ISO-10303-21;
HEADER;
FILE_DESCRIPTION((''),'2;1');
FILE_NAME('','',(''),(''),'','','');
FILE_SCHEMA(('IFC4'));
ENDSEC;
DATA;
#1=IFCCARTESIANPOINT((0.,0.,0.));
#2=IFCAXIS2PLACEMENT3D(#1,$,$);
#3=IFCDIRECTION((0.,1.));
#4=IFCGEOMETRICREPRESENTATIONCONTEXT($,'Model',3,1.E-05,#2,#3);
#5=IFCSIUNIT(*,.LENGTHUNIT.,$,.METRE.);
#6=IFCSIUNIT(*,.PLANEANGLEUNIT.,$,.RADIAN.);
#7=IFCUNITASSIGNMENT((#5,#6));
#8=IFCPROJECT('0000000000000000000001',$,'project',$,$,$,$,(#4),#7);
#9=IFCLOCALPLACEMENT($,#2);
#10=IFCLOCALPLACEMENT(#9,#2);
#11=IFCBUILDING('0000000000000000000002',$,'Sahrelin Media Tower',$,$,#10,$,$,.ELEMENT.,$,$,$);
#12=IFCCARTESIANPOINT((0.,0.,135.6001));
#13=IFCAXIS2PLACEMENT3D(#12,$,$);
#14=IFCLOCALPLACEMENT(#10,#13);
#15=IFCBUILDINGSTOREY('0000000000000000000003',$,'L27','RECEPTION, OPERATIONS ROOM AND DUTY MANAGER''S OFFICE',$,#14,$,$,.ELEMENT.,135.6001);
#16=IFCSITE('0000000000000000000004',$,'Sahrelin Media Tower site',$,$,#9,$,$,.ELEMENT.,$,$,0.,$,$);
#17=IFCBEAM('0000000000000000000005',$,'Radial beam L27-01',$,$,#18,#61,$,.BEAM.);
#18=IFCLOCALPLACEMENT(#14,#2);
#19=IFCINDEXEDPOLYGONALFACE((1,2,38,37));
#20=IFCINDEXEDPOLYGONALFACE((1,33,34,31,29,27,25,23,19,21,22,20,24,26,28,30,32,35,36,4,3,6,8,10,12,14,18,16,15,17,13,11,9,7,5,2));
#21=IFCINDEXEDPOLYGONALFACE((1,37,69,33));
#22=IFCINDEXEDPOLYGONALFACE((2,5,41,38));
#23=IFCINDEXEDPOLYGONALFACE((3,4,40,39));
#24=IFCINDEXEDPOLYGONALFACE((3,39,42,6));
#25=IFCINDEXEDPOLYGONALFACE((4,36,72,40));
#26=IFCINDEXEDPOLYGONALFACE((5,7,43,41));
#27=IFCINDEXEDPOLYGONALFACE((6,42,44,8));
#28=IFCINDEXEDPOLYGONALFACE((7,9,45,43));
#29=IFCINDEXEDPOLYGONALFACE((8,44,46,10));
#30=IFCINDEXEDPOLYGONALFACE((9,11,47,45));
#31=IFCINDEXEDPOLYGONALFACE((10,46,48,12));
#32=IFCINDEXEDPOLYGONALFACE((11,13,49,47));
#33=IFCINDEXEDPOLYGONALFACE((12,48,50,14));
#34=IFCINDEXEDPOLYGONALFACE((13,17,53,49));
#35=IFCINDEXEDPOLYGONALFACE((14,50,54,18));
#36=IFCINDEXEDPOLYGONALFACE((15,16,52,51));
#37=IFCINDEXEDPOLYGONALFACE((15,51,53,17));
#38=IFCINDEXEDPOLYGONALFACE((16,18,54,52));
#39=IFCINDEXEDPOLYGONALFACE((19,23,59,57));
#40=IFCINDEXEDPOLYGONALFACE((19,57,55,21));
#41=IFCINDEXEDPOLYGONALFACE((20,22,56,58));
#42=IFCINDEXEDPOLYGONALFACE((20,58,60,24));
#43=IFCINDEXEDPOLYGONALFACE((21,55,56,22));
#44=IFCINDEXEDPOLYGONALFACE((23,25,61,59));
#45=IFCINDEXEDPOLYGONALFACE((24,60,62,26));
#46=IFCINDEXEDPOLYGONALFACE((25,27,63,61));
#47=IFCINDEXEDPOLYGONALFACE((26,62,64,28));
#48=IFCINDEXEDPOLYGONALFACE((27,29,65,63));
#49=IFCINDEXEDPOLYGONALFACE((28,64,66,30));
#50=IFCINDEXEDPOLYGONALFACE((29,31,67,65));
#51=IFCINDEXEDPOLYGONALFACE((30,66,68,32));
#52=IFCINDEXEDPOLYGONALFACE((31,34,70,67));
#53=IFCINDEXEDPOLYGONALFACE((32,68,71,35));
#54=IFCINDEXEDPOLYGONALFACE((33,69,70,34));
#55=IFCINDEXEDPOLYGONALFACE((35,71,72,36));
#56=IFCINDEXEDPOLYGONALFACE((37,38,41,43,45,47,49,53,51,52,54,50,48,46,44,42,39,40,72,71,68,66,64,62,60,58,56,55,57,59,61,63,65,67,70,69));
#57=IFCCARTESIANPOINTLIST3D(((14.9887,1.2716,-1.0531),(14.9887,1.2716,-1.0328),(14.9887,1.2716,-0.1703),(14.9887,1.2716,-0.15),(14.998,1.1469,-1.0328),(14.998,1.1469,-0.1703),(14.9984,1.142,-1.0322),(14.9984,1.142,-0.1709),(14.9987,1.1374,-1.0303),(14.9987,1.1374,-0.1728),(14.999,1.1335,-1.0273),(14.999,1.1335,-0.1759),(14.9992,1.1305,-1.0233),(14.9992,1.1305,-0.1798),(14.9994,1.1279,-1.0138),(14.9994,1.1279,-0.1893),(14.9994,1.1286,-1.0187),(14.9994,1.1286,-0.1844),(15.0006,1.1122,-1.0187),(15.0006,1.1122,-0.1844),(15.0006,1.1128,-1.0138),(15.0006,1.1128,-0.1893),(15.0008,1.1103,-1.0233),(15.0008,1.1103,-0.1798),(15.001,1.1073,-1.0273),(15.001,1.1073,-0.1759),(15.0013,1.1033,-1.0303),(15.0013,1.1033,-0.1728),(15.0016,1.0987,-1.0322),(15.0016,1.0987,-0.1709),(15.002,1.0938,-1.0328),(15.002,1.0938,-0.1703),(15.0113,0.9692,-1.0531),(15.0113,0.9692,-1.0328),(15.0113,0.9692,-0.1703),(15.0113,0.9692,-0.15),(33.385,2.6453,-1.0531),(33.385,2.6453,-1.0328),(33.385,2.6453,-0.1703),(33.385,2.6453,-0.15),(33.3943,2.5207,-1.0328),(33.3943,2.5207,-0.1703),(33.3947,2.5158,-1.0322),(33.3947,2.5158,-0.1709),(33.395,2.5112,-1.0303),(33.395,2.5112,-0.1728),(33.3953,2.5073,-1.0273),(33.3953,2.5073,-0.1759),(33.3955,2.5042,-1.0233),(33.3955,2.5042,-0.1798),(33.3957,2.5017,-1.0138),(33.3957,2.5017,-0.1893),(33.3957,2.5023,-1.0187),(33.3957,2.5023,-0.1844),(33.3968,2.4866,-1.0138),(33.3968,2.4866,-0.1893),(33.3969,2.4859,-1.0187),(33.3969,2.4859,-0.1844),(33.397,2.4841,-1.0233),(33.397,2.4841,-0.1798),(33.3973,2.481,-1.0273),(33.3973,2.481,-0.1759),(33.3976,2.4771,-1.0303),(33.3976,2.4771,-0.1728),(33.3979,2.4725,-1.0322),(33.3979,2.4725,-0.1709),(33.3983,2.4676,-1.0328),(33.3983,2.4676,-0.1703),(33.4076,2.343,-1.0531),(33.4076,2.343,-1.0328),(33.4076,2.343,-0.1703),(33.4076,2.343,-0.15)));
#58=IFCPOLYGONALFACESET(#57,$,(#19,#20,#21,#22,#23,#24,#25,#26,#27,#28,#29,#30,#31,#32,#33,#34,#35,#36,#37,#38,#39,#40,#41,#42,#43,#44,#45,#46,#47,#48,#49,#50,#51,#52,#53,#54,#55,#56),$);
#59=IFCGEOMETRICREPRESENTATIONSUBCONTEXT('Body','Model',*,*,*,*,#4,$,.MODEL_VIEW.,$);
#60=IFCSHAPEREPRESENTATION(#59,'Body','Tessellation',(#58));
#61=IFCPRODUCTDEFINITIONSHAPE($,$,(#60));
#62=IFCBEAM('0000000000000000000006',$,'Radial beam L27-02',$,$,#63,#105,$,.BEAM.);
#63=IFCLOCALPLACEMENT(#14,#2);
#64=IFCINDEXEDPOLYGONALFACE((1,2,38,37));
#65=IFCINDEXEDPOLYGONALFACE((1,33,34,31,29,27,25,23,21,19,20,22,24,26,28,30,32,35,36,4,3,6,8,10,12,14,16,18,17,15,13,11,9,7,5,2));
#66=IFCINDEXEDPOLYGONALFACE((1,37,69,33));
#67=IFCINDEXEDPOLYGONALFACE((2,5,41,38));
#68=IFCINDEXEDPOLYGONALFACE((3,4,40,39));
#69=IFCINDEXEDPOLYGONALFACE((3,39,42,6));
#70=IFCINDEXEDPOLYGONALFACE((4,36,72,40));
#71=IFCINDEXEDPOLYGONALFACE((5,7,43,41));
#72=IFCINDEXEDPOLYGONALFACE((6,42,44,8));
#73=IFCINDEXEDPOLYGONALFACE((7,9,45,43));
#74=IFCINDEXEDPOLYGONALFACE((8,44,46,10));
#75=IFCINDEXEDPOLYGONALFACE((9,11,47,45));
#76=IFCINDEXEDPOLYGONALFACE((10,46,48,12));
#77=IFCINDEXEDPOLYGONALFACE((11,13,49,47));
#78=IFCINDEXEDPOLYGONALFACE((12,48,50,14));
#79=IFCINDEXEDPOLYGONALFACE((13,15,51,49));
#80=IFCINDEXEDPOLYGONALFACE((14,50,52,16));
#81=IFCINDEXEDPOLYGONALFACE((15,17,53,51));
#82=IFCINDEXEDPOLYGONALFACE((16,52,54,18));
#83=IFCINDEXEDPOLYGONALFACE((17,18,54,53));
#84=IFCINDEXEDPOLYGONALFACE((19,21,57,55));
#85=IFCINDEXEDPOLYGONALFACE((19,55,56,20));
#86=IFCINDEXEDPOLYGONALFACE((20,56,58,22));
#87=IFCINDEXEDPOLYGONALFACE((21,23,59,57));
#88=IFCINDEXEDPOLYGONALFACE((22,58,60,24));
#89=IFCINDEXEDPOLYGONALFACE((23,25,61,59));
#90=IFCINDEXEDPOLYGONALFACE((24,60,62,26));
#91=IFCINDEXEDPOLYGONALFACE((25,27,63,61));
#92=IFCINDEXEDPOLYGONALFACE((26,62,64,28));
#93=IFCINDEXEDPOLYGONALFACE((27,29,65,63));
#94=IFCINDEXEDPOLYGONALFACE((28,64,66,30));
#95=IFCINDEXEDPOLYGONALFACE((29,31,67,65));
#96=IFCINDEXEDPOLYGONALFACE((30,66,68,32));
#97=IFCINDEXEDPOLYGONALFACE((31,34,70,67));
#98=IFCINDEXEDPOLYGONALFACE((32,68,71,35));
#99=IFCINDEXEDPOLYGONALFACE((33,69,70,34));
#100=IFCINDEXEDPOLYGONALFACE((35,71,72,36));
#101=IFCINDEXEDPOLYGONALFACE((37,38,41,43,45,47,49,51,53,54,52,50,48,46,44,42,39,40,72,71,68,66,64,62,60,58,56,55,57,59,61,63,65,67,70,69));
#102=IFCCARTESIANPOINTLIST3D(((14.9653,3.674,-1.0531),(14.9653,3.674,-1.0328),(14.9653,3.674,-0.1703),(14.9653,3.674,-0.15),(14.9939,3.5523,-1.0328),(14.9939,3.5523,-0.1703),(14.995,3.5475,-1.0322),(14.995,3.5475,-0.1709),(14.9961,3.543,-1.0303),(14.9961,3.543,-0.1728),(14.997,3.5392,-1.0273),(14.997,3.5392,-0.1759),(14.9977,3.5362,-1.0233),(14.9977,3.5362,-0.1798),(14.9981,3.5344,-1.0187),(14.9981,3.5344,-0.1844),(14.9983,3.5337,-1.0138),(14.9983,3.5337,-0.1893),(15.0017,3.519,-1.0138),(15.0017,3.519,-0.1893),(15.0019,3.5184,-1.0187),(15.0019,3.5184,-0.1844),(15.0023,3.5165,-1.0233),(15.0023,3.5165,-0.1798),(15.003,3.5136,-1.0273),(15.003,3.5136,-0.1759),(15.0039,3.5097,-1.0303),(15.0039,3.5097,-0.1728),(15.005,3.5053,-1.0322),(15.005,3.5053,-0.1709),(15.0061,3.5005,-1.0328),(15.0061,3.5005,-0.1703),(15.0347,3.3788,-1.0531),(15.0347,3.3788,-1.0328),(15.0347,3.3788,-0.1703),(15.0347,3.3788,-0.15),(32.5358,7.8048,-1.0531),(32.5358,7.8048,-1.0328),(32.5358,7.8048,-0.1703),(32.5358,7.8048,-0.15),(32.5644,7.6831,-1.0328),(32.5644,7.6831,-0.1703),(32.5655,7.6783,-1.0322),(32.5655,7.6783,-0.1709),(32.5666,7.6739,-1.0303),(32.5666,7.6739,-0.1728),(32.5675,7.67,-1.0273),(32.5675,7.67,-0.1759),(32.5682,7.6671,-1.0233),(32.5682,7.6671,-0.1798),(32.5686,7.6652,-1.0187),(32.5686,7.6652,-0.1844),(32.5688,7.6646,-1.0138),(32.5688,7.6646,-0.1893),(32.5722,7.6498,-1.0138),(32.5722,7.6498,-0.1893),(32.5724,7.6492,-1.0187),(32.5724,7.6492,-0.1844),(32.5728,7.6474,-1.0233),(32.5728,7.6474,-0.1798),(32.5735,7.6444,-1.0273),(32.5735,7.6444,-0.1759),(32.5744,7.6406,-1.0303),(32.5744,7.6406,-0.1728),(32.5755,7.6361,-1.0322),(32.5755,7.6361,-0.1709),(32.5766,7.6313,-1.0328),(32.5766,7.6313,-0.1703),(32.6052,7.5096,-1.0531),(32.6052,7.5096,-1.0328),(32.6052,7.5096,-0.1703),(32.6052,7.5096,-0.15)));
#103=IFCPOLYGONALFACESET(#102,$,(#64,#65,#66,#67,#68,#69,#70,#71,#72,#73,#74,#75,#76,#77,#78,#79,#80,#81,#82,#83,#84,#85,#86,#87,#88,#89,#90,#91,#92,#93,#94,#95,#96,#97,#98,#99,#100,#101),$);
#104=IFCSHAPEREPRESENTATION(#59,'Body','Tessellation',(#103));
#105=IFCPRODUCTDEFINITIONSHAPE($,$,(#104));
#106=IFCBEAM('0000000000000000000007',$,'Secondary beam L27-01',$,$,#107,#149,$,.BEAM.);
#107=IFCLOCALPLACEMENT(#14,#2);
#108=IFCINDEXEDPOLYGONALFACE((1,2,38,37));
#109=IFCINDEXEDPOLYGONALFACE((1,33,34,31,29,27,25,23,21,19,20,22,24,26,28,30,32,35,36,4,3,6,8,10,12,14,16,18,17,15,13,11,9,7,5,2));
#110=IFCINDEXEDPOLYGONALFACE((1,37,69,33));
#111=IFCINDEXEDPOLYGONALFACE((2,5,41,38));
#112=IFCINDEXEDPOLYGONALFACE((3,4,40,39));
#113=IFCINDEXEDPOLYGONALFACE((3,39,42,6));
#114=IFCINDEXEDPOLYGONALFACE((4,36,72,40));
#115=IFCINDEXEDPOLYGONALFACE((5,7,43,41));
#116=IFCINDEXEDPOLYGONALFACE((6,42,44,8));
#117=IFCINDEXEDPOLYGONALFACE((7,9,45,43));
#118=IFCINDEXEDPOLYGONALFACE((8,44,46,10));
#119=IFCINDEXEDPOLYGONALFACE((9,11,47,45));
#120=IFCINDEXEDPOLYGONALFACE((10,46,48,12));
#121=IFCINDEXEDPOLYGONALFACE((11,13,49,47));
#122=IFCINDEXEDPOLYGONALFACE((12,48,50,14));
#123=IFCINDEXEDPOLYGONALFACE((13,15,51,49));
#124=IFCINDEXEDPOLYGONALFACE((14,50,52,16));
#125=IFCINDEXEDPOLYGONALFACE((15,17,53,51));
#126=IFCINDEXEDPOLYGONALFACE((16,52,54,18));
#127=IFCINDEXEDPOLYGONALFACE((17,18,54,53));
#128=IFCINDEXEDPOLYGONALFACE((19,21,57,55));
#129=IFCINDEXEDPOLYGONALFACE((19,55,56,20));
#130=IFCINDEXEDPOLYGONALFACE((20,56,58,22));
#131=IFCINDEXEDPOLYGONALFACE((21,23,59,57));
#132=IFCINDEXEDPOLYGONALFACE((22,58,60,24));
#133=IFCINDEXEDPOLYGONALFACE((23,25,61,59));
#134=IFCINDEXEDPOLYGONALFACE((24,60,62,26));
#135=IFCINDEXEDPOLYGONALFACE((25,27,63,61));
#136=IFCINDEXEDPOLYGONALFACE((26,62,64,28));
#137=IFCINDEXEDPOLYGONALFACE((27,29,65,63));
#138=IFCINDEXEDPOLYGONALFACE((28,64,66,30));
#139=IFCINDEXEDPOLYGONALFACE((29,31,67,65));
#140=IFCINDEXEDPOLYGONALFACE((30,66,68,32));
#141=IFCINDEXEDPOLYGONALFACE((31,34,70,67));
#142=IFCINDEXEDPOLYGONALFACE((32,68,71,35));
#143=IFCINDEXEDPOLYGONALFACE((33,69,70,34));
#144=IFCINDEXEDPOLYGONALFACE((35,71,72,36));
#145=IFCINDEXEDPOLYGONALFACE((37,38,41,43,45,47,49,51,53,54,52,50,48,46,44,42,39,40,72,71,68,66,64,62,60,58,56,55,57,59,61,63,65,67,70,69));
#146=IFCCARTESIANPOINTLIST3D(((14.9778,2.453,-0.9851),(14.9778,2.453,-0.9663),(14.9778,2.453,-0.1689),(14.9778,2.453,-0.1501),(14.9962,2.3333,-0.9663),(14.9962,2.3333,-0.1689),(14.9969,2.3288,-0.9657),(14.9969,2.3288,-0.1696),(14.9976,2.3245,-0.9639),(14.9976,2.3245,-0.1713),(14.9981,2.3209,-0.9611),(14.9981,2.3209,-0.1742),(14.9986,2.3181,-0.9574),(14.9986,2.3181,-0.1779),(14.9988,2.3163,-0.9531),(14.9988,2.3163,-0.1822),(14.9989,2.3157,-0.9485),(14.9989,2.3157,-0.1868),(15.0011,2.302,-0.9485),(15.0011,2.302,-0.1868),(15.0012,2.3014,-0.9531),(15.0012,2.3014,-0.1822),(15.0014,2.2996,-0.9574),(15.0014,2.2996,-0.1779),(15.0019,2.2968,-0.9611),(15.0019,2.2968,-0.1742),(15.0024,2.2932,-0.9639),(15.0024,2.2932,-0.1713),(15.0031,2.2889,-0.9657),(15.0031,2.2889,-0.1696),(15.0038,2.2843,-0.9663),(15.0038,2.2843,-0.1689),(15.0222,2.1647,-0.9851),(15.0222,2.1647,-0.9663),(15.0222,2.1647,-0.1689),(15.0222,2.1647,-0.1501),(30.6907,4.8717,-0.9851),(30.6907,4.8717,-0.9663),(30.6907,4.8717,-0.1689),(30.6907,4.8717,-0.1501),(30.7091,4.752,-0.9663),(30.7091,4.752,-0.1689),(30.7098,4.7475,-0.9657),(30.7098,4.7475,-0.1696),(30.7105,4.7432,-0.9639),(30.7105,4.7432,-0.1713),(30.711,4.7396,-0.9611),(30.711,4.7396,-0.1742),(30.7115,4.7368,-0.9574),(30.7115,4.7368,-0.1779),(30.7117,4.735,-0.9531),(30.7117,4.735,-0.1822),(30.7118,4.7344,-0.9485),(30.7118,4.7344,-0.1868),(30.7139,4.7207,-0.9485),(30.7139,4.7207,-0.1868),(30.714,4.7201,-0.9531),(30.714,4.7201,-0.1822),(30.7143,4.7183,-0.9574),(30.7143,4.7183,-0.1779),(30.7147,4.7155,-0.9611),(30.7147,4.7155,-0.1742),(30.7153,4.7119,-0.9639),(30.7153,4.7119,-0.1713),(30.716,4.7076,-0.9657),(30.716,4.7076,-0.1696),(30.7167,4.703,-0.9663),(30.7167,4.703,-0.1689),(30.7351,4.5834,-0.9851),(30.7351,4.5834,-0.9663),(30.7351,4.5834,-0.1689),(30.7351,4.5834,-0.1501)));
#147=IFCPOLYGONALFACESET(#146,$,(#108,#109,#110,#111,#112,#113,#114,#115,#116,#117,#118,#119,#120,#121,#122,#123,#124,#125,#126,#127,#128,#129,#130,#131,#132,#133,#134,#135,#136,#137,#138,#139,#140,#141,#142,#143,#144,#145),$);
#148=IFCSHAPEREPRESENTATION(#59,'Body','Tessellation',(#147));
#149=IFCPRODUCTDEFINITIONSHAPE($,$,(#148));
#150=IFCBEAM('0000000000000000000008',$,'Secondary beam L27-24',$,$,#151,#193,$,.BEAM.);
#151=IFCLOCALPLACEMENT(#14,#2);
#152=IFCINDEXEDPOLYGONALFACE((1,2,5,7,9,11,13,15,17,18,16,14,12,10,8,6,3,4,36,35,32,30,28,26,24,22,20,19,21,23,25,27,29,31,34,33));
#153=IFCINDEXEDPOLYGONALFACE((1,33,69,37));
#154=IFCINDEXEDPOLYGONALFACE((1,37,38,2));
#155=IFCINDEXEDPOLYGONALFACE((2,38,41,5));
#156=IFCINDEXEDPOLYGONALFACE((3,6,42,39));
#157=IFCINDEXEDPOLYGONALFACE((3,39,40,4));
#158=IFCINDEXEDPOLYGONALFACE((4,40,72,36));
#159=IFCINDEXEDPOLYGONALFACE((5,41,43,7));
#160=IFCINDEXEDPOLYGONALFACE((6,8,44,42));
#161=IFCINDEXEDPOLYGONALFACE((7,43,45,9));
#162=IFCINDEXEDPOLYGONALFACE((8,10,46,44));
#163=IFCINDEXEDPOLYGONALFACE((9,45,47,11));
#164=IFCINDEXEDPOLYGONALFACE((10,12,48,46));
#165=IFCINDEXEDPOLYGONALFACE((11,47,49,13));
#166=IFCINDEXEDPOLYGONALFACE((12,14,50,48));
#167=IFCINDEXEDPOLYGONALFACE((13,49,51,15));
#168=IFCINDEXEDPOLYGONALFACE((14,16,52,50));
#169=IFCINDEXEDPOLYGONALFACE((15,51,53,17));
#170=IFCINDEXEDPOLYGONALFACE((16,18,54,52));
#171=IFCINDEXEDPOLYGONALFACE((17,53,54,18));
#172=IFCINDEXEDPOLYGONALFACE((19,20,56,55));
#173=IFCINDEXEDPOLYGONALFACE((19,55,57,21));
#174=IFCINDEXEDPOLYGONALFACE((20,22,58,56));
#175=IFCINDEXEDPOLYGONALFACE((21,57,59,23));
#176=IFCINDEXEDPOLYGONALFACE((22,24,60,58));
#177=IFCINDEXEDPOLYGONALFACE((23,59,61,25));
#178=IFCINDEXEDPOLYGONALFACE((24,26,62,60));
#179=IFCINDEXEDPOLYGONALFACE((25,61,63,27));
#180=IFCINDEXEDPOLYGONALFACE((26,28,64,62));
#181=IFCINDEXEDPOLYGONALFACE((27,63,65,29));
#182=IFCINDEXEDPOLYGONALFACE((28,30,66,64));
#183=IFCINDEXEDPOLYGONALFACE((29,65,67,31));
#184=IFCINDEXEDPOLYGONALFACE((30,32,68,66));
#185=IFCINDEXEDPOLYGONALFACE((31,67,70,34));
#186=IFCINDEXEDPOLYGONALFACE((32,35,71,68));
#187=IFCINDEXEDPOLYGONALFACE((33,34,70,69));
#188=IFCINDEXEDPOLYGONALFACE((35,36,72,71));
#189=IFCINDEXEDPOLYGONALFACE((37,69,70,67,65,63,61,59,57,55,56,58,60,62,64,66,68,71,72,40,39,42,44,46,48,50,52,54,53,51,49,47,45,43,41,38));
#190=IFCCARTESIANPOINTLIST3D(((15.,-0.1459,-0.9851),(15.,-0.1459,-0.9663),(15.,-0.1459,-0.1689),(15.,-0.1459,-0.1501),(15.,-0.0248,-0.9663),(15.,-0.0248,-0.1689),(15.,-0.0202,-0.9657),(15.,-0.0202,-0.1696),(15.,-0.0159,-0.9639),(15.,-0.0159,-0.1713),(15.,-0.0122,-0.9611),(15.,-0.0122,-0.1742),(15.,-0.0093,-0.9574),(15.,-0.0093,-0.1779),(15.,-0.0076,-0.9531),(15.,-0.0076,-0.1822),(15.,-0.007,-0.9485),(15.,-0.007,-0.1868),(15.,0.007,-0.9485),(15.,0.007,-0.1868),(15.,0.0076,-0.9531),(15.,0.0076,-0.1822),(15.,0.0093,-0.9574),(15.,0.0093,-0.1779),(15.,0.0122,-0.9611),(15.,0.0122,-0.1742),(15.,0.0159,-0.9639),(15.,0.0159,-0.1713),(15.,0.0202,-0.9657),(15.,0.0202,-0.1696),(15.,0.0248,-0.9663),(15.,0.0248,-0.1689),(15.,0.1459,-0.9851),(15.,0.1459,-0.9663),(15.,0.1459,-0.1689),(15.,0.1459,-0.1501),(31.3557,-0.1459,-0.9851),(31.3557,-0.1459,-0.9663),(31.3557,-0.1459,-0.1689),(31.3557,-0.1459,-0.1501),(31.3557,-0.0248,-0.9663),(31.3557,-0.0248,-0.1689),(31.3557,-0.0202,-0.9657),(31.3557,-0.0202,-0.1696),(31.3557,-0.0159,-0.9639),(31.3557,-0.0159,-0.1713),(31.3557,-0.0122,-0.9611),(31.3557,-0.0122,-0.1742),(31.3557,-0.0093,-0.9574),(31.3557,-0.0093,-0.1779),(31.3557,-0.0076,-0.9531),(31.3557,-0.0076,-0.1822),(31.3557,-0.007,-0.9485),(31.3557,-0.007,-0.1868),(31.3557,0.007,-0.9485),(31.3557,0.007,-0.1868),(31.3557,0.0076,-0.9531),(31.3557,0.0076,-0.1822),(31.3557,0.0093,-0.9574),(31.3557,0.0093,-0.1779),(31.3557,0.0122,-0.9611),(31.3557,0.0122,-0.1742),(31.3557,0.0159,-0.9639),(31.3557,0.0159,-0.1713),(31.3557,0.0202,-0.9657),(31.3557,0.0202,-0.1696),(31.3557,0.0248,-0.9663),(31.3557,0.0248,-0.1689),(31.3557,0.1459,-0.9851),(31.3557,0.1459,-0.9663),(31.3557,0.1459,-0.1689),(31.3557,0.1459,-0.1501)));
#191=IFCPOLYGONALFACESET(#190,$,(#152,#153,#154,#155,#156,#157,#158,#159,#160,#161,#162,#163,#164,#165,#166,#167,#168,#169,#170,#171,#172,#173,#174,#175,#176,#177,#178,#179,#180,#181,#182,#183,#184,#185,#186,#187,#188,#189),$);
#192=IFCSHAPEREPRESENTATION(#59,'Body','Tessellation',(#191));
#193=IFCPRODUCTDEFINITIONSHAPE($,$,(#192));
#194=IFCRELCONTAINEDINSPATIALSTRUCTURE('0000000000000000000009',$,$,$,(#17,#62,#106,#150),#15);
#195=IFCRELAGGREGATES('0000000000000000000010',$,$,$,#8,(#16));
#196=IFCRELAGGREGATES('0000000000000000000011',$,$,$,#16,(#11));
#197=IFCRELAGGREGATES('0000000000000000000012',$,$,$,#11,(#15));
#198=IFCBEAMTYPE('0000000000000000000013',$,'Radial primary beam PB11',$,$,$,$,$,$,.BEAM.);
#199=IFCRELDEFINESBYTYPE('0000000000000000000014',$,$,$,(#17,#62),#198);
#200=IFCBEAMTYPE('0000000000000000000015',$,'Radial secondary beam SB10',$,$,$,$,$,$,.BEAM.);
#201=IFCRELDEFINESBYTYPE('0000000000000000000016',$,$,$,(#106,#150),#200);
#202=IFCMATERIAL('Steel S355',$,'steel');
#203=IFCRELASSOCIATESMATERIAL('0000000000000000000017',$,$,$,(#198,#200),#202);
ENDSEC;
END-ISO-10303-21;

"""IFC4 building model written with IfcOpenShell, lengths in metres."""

from ifc_helpers import new_model, si_unit, direction, frame, origin, origin_2d, place, context, subcontext, project, spatial, i_section, extrude, material, material_profile, profile_set, type_object, element, save


model = new_model("IFC4")

# Units and contexts
model_context = context("Model", 3, precision=1e-05, world=origin(), true_north=direction((0.0, 1.0)))
body_context = subcontext(model_context, "Body", "Model", "MODEL_VIEW")
ifc_project = project(units=[si_unit("LENGTHUNIT", "METRE"), si_unit("PLANEANGLEUNIT", "RADIAN")], contexts=[model_context])

# Site, building, storey
site_placement = place(None, origin())
site = spatial("IfcSite", under=ifc_project, at=site_placement, Name="Sahrelin Media Tower site", CompositionType="ELEMENT", RefElevation=0.0)
building_placement = place(site_placement, origin())
building = spatial("IfcBuilding", under=site, at=building_placement, Name="Sahrelin Media Tower", CompositionType="ELEMENT")
storey_placement = place(building_placement, frame((0.0, 0.0, 135.6001)))
storey = spatial("IfcBuildingStorey", under=building, at=storey_placement, Name="L27", Description="RECEPTION, OPERATIONS ROOM AND DUTY MANAGER'S OFFICE", CompositionType="ELEMENT", Elevation=135.6001)

# Beams
ifc_material_1 = material(Name="Steel S355", Category="steel")
ifc_material_profile_1 = material_profile(ifc_material_1, i_section(OverallWidth=0.3032, OverallDepth=0.9031, WebThickness=0.0151, FlangeThickness=0.0203, FilletRadius=0.019, at=origin_2d()), Name="UB 914x305x201")
ifc_profile_set_1 = profile_set([ifc_material_profile_1], Name="Steel S355")
beam_type_1 = type_object("IfcBeamType", Name="Radial primary beam PB11", PredefinedType="BEAM", material=ifc_profile_set_1)
beam_1_placement = place(storey_placement, frame((15.0, 1.1204, -0.6016), z_axis=(0.997223, 0.07447, 0.0), x_axis=(-0.07447, 0.997223, 0.0)))
element("IfcBeam", 1, at=beam_1_placement, inside=storey, type_object=beam_type_1, Name="Radial beam L27-01", PredefinedType="BEAM", context=body_context, shape_type="SweptSolid", body=[
    extrude(i_section(OverallWidth=0.3032, OverallDepth=0.9031, WebThickness=0.0151, FlangeThickness=0.0203, FilletRadius=0.019, at=origin_2d()), origin(), (0.0, 0.0, 1.0), 18.4475),
])
beam_2_placement = place(storey_placement, frame((15.0, 3.5264, -0.6016), z_axis=(0.973459, 0.228861, 0.0), x_axis=(-0.228861, 0.973459, 0.0)))
element("IfcBeam", 2, at=beam_2_placement, inside=storey, type_object=beam_type_1, Name="Radial beam L27-02", PredefinedType="BEAM", context=body_context, shape_type="SweptSolid", body=[
    extrude(i_section(OverallWidth=0.3032, OverallDepth=0.9031, WebThickness=0.0151, FlangeThickness=0.0203, FilletRadius=0.019, at=origin_2d()), origin(), (0.0, 0.0, 1.0), 18.0496),
])
ifc_material_profile_2 = material_profile(ifc_material_1, i_section(OverallWidth=0.2917, OverallDepth=0.835, WebThickness=0.0139, FlangeThickness=0.0188, FilletRadius=0.0178, at=origin_2d()), Name="UB 838x292x176")
ifc_profile_set_2 = profile_set([ifc_material_profile_2], Name="Steel S355")
beam_type_2 = type_object("IfcBeamType", Name="Radial secondary beam SB10", PredefinedType="BEAM", material=ifc_profile_set_2)
beam_3_placement = place(storey_placement, frame((15.0, 2.3088, -0.5676), z_axis=(0.988359, 0.152139, 0.0), x_axis=(-0.152139, 0.988359, 0.0)))
element("IfcBeam", 3, at=beam_3_placement, inside=storey, type_object=beam_type_2, Name="Secondary beam L27-01", PredefinedType="BEAM", context=body_context, shape_type="SweptSolid", body=[
    extrude(i_section(OverallWidth=0.2917, OverallDepth=0.835, WebThickness=0.0139, FlangeThickness=0.0188, FilletRadius=0.0178, at=origin_2d()), origin(), (0.0, 0.0, 1.0), 15.8979),
])
beam_4_placement = place(storey_placement, frame((15.0, 0.0, -0.5676), z_axis=(1.0, 0.0, 0.0), x_axis=(0.0, 1.0, 0.0)))
element("IfcBeam", 4, at=beam_4_placement, inside=storey, type_object=beam_type_2, Name="Secondary beam L27-24", PredefinedType="BEAM", context=body_context, shape_type="SweptSolid", body=[
    extrude(i_section(OverallWidth=0.2917, OverallDepth=0.835, WebThickness=0.0139, FlangeThickness=0.0188, FilletRadius=0.0178, at=origin_2d()), origin(), (0.0, 0.0, 1.0), 16.3557),
])

save(model, "model.ifc")
